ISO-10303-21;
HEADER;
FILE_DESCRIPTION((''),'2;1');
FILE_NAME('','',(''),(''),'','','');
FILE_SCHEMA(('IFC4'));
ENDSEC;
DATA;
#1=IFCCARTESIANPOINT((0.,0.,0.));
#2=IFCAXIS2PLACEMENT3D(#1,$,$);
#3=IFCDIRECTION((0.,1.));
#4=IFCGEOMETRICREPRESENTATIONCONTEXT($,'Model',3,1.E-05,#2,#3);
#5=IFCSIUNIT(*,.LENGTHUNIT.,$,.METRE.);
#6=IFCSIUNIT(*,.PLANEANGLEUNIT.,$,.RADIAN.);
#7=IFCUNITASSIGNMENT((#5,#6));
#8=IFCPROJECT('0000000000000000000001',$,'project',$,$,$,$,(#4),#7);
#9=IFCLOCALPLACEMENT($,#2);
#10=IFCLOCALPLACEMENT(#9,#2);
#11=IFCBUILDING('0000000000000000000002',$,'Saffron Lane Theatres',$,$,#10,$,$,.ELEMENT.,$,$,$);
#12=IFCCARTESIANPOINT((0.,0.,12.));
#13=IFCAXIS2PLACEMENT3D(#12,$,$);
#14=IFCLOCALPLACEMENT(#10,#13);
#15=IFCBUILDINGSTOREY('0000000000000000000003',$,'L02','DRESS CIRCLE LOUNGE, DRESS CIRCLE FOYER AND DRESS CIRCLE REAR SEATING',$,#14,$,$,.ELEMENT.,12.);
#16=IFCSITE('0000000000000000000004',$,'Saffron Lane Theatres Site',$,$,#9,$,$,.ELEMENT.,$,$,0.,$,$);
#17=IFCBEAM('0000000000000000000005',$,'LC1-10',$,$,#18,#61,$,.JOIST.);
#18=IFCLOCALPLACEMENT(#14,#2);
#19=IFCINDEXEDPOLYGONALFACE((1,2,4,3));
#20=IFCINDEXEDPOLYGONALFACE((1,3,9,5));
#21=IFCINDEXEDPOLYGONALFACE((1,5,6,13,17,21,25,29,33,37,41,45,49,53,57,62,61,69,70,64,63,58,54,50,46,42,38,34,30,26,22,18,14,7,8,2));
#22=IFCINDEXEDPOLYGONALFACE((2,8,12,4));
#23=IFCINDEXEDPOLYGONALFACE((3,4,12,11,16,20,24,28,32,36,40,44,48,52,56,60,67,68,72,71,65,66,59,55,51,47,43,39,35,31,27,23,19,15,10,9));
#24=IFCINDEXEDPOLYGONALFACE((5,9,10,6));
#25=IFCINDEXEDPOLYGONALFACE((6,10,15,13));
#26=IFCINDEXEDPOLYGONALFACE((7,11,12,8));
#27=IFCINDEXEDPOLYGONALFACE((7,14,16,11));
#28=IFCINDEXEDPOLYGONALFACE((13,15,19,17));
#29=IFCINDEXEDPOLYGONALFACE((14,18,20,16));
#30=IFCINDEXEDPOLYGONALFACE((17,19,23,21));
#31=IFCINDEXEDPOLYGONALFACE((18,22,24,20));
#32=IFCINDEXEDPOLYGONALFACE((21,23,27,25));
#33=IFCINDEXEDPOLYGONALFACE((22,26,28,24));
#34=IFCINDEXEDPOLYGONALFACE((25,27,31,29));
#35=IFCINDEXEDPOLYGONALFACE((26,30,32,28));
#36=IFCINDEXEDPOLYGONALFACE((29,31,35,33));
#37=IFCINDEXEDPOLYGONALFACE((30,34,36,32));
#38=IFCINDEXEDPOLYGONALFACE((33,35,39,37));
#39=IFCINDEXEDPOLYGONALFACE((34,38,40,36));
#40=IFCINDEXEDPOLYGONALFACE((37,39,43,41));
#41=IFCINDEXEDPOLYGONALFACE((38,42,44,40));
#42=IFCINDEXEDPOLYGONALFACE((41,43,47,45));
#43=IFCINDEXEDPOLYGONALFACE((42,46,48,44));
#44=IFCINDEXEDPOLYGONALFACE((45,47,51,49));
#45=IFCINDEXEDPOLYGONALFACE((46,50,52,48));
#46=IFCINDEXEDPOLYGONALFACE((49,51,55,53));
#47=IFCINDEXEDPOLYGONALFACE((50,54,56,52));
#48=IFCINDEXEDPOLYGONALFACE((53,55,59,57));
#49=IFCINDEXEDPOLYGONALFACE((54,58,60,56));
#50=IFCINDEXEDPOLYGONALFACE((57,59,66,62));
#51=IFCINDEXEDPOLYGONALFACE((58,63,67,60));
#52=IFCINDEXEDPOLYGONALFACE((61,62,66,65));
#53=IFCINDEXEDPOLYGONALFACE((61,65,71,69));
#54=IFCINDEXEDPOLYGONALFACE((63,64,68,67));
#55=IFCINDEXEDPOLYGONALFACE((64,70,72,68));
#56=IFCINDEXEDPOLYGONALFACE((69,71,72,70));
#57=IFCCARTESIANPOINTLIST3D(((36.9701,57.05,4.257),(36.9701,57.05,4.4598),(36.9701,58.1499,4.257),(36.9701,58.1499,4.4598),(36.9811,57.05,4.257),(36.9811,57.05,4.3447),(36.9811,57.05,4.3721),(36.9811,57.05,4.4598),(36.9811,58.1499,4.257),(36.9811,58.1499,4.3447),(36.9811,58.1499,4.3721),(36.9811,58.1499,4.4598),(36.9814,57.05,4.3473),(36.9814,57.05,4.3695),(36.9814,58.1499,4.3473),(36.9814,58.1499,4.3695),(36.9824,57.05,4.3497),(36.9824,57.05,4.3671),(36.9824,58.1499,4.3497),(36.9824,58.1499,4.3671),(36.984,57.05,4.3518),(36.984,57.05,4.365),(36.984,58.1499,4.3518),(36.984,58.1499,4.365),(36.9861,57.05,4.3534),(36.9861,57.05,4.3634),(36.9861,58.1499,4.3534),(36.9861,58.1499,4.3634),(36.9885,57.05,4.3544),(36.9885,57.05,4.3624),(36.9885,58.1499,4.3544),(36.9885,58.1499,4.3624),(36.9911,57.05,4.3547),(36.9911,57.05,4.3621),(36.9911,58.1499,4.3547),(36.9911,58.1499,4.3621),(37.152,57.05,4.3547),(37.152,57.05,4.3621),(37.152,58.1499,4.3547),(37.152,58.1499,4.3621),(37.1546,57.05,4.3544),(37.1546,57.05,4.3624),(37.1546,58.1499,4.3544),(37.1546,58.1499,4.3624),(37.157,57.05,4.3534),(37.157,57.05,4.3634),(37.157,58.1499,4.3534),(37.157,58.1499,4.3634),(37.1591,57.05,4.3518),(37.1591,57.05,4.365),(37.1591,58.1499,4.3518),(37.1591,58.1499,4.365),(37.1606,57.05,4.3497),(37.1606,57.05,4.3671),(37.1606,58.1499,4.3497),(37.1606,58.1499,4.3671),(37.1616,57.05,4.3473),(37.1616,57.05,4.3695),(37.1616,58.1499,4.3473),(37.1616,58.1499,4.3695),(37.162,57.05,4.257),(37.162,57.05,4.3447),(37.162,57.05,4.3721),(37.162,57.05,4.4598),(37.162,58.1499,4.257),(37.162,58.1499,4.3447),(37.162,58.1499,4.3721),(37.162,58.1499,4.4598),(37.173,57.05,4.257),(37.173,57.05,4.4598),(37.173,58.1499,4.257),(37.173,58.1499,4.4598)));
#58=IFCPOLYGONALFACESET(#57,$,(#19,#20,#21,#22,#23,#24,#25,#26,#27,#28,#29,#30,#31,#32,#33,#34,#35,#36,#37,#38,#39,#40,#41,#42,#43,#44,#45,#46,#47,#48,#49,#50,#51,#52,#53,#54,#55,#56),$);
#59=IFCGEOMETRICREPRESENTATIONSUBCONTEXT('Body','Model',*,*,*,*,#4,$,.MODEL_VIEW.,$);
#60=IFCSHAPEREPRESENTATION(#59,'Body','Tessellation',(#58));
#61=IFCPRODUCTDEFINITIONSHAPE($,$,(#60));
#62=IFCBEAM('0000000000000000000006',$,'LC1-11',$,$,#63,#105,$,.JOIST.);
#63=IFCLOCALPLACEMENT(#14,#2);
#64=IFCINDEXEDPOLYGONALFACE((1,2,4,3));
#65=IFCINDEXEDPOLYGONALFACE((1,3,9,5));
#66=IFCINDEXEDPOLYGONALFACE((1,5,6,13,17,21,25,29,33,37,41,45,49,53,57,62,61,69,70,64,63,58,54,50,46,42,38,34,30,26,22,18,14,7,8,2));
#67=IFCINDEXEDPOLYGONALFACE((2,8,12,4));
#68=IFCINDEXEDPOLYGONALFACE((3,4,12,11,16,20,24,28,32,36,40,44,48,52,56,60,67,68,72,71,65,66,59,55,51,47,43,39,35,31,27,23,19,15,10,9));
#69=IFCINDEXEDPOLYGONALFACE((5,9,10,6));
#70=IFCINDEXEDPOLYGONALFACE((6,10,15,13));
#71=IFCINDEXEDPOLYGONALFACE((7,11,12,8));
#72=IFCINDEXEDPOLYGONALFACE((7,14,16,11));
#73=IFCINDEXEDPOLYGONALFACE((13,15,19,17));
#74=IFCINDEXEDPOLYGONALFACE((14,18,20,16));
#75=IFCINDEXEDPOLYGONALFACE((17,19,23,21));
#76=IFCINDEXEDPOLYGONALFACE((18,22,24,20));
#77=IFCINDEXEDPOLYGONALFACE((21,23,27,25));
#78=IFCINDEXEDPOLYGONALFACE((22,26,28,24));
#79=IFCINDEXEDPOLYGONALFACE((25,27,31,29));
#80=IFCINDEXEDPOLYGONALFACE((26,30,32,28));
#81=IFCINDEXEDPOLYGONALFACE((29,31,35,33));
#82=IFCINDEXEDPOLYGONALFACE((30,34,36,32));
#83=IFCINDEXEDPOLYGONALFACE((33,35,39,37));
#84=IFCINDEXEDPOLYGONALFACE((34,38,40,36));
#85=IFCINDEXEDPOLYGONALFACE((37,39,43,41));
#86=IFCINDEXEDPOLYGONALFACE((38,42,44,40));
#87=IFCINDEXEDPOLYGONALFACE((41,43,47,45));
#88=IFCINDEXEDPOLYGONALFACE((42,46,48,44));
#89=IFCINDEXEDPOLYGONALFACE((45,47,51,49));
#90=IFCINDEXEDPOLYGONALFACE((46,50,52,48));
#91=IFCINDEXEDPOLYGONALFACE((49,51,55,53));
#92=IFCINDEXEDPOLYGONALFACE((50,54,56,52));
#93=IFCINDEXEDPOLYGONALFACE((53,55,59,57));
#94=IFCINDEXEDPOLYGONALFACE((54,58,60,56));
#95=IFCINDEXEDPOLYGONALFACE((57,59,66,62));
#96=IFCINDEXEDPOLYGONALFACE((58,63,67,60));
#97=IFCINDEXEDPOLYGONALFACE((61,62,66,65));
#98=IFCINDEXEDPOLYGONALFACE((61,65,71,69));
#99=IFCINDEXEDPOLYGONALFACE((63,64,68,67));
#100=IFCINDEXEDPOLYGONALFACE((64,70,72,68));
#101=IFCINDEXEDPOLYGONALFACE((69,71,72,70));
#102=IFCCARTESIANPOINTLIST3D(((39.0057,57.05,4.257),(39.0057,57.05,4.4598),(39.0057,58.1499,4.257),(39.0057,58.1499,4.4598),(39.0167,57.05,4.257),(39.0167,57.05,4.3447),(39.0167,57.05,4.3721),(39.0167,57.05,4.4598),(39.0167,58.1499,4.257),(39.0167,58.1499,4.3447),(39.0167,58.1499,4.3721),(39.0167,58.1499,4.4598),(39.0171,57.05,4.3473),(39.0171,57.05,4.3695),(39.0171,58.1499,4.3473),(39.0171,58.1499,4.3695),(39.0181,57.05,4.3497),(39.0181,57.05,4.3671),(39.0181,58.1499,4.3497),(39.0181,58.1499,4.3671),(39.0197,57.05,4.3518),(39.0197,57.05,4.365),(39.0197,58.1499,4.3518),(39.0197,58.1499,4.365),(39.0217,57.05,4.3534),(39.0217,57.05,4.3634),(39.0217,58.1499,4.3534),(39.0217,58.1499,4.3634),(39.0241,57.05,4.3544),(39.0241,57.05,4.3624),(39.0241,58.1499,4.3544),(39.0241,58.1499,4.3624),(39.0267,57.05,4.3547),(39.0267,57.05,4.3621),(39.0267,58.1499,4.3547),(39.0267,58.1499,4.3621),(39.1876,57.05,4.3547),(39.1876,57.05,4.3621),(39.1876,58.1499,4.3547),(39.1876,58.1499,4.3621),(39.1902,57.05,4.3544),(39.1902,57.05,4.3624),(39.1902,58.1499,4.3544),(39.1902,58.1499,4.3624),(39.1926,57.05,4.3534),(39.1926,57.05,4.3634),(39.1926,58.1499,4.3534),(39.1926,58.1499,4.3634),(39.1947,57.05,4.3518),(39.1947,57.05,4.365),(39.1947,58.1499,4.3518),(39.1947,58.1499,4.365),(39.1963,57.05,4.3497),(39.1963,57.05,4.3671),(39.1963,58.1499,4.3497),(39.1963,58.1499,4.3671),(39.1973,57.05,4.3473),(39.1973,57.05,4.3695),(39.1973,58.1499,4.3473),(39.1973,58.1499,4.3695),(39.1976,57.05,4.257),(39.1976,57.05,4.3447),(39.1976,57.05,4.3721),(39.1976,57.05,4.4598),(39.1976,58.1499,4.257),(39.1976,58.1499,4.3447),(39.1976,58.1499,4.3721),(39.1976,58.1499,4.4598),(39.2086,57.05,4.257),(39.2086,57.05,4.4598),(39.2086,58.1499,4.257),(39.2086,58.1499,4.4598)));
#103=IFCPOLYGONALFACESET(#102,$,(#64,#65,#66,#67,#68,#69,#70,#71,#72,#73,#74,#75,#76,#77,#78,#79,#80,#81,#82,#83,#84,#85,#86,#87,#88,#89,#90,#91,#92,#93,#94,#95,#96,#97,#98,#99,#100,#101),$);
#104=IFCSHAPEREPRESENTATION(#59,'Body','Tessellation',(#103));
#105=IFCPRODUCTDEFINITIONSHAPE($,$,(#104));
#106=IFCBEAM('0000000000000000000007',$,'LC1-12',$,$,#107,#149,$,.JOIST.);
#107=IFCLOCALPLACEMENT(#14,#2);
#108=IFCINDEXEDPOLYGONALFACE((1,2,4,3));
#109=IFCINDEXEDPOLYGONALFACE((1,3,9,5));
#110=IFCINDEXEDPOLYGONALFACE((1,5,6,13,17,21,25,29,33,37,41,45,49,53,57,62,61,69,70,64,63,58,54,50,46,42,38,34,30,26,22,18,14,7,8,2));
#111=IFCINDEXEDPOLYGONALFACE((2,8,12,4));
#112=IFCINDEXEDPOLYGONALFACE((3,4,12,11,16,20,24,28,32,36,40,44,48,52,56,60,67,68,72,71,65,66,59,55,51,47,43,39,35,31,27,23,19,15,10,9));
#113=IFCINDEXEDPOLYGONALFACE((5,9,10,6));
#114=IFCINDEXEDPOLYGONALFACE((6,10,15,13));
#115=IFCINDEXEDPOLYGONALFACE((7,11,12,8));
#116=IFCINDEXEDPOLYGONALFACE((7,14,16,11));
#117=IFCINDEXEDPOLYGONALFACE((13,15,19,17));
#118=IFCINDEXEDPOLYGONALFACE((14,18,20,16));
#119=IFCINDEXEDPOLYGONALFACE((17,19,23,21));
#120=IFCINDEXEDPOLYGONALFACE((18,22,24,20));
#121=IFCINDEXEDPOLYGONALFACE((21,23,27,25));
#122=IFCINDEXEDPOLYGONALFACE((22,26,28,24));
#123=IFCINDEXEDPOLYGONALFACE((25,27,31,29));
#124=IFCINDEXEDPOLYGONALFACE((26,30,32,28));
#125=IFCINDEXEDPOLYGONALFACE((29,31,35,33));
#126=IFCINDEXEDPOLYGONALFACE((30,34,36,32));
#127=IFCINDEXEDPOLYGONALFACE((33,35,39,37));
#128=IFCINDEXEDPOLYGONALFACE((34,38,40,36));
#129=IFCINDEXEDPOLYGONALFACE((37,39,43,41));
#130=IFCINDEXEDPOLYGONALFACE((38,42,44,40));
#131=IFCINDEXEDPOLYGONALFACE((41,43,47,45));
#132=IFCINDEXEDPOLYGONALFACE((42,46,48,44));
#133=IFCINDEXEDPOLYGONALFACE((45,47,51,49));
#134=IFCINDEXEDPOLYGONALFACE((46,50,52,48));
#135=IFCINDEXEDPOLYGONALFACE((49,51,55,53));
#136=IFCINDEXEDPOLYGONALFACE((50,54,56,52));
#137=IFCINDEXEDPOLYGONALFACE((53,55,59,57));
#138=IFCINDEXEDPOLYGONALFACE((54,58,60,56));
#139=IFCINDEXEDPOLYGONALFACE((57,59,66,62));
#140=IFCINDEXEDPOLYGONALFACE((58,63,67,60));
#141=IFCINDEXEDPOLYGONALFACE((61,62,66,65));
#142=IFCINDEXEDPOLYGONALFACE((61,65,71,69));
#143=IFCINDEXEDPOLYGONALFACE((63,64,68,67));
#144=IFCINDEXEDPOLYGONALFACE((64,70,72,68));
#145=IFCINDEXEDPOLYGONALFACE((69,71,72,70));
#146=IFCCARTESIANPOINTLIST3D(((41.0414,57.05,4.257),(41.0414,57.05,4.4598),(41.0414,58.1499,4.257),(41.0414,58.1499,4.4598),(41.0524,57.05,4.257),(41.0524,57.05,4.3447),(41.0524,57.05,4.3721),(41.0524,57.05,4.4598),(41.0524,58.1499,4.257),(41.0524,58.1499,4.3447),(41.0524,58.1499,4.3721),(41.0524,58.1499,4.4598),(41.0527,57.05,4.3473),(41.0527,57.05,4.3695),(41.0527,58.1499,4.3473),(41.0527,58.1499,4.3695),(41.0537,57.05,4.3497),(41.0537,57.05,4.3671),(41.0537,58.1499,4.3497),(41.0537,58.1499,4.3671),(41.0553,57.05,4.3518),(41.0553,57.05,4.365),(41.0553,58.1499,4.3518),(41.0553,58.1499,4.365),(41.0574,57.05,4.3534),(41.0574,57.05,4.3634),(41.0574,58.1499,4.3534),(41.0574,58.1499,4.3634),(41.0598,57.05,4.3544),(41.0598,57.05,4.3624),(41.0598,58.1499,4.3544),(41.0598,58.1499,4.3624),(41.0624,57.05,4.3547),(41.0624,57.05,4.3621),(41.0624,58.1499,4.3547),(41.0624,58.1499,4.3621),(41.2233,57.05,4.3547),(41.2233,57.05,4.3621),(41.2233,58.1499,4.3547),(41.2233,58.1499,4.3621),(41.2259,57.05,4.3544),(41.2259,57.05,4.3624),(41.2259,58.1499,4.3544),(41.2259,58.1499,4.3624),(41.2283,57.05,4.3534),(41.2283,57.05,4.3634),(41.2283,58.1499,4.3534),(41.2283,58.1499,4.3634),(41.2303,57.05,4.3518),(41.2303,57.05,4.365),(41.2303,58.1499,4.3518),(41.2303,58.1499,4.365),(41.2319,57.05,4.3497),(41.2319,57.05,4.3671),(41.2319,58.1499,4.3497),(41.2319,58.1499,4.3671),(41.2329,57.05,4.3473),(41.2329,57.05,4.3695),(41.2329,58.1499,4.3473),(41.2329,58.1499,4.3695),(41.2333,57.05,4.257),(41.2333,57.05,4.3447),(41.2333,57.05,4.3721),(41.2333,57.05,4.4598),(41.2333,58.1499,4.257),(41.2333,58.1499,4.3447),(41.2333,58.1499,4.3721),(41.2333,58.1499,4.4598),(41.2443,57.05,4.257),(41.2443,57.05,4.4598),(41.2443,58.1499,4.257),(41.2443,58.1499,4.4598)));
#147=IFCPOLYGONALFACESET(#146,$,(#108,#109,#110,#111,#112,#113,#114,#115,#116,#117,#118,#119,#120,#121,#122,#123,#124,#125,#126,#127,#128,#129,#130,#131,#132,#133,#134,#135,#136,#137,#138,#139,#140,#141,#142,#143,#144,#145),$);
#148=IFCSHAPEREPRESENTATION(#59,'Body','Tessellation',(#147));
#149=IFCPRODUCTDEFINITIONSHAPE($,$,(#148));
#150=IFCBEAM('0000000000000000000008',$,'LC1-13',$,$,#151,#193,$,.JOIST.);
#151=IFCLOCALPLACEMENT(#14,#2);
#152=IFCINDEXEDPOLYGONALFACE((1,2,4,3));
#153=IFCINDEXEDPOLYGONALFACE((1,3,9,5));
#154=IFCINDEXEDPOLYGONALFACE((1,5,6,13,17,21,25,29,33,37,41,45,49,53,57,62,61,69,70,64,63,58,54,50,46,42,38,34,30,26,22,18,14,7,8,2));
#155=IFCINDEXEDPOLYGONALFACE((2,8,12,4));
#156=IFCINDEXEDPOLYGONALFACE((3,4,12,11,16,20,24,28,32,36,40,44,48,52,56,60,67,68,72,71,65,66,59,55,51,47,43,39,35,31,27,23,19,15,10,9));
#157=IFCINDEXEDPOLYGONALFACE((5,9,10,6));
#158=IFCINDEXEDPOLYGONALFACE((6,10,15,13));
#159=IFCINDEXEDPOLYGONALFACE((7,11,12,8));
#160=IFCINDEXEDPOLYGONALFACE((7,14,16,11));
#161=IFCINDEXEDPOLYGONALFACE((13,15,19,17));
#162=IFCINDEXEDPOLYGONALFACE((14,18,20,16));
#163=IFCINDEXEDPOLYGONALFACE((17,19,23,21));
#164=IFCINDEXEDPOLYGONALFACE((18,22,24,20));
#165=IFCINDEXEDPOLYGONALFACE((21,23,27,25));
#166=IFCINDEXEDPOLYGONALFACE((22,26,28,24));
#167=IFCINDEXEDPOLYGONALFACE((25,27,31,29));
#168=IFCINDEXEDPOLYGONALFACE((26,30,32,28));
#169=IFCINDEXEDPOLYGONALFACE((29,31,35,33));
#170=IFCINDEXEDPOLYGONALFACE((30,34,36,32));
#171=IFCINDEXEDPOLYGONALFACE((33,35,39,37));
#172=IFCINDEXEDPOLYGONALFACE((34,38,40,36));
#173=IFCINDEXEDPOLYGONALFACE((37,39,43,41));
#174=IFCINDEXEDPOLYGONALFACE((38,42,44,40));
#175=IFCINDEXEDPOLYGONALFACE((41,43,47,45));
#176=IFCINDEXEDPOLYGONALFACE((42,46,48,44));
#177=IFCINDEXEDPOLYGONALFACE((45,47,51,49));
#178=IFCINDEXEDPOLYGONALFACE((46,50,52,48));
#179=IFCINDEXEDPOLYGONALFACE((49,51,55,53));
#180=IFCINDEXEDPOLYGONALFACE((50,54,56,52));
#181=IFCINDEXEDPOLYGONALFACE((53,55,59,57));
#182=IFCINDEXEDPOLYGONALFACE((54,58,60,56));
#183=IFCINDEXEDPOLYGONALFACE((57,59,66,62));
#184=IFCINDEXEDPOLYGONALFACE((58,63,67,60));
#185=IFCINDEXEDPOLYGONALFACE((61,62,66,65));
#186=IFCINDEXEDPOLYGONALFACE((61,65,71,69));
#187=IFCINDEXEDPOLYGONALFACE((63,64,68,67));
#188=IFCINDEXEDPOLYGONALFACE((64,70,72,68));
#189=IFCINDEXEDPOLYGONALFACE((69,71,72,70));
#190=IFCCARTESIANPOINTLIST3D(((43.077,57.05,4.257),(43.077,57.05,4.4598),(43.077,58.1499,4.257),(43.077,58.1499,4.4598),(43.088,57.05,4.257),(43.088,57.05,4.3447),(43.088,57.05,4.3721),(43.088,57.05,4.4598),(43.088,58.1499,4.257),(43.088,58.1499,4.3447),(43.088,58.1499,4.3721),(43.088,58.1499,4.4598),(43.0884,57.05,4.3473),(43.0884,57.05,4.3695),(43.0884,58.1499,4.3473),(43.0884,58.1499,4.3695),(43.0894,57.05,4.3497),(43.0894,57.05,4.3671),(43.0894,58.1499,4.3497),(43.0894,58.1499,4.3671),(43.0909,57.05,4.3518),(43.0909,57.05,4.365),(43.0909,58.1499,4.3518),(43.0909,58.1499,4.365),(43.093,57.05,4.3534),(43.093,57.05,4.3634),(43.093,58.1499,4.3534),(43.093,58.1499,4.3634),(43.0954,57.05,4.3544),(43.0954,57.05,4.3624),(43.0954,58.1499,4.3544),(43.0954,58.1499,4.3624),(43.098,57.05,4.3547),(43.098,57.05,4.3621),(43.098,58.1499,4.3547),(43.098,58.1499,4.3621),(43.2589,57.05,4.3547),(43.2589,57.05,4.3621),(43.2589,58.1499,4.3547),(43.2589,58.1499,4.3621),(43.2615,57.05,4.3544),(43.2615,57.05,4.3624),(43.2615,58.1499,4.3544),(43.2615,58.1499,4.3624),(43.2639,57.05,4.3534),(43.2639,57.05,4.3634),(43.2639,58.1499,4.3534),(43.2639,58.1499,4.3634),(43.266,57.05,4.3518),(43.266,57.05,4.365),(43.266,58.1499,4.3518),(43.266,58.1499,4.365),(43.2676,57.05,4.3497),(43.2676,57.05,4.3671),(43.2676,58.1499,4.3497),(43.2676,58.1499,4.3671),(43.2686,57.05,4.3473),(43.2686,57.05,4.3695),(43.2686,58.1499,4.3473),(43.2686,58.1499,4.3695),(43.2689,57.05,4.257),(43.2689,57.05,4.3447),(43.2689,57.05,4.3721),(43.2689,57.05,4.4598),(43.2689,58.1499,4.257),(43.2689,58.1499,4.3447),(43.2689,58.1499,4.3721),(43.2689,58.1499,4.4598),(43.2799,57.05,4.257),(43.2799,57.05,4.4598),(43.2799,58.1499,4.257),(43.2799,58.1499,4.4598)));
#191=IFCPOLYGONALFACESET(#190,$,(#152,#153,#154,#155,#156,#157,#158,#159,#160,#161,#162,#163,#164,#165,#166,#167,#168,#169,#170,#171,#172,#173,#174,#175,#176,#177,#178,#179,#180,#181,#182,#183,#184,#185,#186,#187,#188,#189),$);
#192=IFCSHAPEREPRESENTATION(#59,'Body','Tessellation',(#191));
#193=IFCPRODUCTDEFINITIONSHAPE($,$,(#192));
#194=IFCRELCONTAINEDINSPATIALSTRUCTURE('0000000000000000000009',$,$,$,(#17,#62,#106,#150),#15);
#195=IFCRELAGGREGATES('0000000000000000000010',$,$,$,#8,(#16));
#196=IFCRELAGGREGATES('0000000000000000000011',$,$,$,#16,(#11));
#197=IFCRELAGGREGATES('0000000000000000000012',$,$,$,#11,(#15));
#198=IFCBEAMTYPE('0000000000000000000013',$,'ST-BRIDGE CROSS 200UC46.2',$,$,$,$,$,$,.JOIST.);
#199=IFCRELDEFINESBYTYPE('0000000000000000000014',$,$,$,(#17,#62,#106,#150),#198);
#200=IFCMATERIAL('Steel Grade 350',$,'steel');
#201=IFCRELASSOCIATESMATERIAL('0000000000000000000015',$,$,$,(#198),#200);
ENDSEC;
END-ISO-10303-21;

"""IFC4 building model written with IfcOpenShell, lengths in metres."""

from ifc_helpers import new_model, si_unit, direction, frame, origin, origin_2d, place, context, subcontext, project, spatial, i_section, extrude, material, material_profile, profile_set, type_object, element, save


model = new_model("IFC4")

# Units and contexts
model_context = context("Model", 3, precision=1e-05, world=origin(), true_north=direction((0.0, 1.0)))
body_context = subcontext(model_context, "Body", "Model", "MODEL_VIEW")
ifc_project = project(units=[si_unit("LENGTHUNIT", "METRE"), si_unit("PLANEANGLEUNIT", "RADIAN")], contexts=[model_context])

# Site, building, storey
site_placement = place(None, origin())
site = spatial("IfcSite", under=ifc_project, at=site_placement, Name="Saffron Lane Theatres Site", CompositionType="ELEMENT", RefElevation=0.0)
building_placement = place(site_placement, origin())
building = spatial("IfcBuilding", under=site, at=building_placement, Name="Saffron Lane Theatres", CompositionType="ELEMENT")
storey_placement = place(building_placement, frame((0.0, 0.0, 12.0)))
storey = spatial("IfcBuildingStorey", under=building, at=storey_placement, Name="L02", Description="DRESS CIRCLE LOUNGE, DRESS CIRCLE FOYER AND DRESS CIRCLE REAR SEATING", CompositionType="ELEMENT", Elevation=12.0)

# Beams
ifc_material_1 = material(Name="Steel Grade 350", Category="steel")
ifc_material_profile_1 = material_profile(ifc_material_1, i_section(OverallWidth=0.2029, OverallDepth=0.2029, WebThickness=0.0073, FlangeThickness=0.011, FilletRadius=0.01, at=origin_2d()))
ifc_profile_set_1 = profile_set([ifc_material_profile_1], Name="Steel Grade 350")
beam_type_1 = type_object("IfcBeamType", Name="ST-BRIDGE CROSS 200UC46.2", PredefinedType="JOIST", material=ifc_profile_set_1)
for number, where, z_axis, x_axis, name in (
    (1, (37.0715, 57.05, 4.3584), (0.0, 1.0, 0.0), (0.0, 0.0, 1.0), "LC1-10"),
    (2, (39.1072, 57.05, 4.3584), (0.0, 1.0, 0.0), (0.0, 0.0, 1.0), "LC1-11"),
    (3, (41.1428, 57.05, 4.3584), (0.0, 1.0, 0.0), (0.0, 0.0, 1.0), "LC1-12"),
    (4, (43.1785, 57.05, 4.3584), (0.0, 1.0, 0.0), (0.0, 0.0, 1.0), "LC1-13"),
):
    element("IfcBeam", number, at=place(storey_placement, frame(where, z_axis=z_axis, x_axis=x_axis)), inside=storey, type_object=beam_type_1, Name=name, PredefinedType="JOIST", context=body_context, shape_type="SweptSolid", body=[
        extrude(i_section(OverallWidth=0.2029, OverallDepth=0.2029, WebThickness=0.0073, FlangeThickness=0.011, FilletRadius=0.01, at=origin_2d()), origin(), (0.0, 0.0, 1.0), 1.0999),
    ])

save(model, "model.ifc")
